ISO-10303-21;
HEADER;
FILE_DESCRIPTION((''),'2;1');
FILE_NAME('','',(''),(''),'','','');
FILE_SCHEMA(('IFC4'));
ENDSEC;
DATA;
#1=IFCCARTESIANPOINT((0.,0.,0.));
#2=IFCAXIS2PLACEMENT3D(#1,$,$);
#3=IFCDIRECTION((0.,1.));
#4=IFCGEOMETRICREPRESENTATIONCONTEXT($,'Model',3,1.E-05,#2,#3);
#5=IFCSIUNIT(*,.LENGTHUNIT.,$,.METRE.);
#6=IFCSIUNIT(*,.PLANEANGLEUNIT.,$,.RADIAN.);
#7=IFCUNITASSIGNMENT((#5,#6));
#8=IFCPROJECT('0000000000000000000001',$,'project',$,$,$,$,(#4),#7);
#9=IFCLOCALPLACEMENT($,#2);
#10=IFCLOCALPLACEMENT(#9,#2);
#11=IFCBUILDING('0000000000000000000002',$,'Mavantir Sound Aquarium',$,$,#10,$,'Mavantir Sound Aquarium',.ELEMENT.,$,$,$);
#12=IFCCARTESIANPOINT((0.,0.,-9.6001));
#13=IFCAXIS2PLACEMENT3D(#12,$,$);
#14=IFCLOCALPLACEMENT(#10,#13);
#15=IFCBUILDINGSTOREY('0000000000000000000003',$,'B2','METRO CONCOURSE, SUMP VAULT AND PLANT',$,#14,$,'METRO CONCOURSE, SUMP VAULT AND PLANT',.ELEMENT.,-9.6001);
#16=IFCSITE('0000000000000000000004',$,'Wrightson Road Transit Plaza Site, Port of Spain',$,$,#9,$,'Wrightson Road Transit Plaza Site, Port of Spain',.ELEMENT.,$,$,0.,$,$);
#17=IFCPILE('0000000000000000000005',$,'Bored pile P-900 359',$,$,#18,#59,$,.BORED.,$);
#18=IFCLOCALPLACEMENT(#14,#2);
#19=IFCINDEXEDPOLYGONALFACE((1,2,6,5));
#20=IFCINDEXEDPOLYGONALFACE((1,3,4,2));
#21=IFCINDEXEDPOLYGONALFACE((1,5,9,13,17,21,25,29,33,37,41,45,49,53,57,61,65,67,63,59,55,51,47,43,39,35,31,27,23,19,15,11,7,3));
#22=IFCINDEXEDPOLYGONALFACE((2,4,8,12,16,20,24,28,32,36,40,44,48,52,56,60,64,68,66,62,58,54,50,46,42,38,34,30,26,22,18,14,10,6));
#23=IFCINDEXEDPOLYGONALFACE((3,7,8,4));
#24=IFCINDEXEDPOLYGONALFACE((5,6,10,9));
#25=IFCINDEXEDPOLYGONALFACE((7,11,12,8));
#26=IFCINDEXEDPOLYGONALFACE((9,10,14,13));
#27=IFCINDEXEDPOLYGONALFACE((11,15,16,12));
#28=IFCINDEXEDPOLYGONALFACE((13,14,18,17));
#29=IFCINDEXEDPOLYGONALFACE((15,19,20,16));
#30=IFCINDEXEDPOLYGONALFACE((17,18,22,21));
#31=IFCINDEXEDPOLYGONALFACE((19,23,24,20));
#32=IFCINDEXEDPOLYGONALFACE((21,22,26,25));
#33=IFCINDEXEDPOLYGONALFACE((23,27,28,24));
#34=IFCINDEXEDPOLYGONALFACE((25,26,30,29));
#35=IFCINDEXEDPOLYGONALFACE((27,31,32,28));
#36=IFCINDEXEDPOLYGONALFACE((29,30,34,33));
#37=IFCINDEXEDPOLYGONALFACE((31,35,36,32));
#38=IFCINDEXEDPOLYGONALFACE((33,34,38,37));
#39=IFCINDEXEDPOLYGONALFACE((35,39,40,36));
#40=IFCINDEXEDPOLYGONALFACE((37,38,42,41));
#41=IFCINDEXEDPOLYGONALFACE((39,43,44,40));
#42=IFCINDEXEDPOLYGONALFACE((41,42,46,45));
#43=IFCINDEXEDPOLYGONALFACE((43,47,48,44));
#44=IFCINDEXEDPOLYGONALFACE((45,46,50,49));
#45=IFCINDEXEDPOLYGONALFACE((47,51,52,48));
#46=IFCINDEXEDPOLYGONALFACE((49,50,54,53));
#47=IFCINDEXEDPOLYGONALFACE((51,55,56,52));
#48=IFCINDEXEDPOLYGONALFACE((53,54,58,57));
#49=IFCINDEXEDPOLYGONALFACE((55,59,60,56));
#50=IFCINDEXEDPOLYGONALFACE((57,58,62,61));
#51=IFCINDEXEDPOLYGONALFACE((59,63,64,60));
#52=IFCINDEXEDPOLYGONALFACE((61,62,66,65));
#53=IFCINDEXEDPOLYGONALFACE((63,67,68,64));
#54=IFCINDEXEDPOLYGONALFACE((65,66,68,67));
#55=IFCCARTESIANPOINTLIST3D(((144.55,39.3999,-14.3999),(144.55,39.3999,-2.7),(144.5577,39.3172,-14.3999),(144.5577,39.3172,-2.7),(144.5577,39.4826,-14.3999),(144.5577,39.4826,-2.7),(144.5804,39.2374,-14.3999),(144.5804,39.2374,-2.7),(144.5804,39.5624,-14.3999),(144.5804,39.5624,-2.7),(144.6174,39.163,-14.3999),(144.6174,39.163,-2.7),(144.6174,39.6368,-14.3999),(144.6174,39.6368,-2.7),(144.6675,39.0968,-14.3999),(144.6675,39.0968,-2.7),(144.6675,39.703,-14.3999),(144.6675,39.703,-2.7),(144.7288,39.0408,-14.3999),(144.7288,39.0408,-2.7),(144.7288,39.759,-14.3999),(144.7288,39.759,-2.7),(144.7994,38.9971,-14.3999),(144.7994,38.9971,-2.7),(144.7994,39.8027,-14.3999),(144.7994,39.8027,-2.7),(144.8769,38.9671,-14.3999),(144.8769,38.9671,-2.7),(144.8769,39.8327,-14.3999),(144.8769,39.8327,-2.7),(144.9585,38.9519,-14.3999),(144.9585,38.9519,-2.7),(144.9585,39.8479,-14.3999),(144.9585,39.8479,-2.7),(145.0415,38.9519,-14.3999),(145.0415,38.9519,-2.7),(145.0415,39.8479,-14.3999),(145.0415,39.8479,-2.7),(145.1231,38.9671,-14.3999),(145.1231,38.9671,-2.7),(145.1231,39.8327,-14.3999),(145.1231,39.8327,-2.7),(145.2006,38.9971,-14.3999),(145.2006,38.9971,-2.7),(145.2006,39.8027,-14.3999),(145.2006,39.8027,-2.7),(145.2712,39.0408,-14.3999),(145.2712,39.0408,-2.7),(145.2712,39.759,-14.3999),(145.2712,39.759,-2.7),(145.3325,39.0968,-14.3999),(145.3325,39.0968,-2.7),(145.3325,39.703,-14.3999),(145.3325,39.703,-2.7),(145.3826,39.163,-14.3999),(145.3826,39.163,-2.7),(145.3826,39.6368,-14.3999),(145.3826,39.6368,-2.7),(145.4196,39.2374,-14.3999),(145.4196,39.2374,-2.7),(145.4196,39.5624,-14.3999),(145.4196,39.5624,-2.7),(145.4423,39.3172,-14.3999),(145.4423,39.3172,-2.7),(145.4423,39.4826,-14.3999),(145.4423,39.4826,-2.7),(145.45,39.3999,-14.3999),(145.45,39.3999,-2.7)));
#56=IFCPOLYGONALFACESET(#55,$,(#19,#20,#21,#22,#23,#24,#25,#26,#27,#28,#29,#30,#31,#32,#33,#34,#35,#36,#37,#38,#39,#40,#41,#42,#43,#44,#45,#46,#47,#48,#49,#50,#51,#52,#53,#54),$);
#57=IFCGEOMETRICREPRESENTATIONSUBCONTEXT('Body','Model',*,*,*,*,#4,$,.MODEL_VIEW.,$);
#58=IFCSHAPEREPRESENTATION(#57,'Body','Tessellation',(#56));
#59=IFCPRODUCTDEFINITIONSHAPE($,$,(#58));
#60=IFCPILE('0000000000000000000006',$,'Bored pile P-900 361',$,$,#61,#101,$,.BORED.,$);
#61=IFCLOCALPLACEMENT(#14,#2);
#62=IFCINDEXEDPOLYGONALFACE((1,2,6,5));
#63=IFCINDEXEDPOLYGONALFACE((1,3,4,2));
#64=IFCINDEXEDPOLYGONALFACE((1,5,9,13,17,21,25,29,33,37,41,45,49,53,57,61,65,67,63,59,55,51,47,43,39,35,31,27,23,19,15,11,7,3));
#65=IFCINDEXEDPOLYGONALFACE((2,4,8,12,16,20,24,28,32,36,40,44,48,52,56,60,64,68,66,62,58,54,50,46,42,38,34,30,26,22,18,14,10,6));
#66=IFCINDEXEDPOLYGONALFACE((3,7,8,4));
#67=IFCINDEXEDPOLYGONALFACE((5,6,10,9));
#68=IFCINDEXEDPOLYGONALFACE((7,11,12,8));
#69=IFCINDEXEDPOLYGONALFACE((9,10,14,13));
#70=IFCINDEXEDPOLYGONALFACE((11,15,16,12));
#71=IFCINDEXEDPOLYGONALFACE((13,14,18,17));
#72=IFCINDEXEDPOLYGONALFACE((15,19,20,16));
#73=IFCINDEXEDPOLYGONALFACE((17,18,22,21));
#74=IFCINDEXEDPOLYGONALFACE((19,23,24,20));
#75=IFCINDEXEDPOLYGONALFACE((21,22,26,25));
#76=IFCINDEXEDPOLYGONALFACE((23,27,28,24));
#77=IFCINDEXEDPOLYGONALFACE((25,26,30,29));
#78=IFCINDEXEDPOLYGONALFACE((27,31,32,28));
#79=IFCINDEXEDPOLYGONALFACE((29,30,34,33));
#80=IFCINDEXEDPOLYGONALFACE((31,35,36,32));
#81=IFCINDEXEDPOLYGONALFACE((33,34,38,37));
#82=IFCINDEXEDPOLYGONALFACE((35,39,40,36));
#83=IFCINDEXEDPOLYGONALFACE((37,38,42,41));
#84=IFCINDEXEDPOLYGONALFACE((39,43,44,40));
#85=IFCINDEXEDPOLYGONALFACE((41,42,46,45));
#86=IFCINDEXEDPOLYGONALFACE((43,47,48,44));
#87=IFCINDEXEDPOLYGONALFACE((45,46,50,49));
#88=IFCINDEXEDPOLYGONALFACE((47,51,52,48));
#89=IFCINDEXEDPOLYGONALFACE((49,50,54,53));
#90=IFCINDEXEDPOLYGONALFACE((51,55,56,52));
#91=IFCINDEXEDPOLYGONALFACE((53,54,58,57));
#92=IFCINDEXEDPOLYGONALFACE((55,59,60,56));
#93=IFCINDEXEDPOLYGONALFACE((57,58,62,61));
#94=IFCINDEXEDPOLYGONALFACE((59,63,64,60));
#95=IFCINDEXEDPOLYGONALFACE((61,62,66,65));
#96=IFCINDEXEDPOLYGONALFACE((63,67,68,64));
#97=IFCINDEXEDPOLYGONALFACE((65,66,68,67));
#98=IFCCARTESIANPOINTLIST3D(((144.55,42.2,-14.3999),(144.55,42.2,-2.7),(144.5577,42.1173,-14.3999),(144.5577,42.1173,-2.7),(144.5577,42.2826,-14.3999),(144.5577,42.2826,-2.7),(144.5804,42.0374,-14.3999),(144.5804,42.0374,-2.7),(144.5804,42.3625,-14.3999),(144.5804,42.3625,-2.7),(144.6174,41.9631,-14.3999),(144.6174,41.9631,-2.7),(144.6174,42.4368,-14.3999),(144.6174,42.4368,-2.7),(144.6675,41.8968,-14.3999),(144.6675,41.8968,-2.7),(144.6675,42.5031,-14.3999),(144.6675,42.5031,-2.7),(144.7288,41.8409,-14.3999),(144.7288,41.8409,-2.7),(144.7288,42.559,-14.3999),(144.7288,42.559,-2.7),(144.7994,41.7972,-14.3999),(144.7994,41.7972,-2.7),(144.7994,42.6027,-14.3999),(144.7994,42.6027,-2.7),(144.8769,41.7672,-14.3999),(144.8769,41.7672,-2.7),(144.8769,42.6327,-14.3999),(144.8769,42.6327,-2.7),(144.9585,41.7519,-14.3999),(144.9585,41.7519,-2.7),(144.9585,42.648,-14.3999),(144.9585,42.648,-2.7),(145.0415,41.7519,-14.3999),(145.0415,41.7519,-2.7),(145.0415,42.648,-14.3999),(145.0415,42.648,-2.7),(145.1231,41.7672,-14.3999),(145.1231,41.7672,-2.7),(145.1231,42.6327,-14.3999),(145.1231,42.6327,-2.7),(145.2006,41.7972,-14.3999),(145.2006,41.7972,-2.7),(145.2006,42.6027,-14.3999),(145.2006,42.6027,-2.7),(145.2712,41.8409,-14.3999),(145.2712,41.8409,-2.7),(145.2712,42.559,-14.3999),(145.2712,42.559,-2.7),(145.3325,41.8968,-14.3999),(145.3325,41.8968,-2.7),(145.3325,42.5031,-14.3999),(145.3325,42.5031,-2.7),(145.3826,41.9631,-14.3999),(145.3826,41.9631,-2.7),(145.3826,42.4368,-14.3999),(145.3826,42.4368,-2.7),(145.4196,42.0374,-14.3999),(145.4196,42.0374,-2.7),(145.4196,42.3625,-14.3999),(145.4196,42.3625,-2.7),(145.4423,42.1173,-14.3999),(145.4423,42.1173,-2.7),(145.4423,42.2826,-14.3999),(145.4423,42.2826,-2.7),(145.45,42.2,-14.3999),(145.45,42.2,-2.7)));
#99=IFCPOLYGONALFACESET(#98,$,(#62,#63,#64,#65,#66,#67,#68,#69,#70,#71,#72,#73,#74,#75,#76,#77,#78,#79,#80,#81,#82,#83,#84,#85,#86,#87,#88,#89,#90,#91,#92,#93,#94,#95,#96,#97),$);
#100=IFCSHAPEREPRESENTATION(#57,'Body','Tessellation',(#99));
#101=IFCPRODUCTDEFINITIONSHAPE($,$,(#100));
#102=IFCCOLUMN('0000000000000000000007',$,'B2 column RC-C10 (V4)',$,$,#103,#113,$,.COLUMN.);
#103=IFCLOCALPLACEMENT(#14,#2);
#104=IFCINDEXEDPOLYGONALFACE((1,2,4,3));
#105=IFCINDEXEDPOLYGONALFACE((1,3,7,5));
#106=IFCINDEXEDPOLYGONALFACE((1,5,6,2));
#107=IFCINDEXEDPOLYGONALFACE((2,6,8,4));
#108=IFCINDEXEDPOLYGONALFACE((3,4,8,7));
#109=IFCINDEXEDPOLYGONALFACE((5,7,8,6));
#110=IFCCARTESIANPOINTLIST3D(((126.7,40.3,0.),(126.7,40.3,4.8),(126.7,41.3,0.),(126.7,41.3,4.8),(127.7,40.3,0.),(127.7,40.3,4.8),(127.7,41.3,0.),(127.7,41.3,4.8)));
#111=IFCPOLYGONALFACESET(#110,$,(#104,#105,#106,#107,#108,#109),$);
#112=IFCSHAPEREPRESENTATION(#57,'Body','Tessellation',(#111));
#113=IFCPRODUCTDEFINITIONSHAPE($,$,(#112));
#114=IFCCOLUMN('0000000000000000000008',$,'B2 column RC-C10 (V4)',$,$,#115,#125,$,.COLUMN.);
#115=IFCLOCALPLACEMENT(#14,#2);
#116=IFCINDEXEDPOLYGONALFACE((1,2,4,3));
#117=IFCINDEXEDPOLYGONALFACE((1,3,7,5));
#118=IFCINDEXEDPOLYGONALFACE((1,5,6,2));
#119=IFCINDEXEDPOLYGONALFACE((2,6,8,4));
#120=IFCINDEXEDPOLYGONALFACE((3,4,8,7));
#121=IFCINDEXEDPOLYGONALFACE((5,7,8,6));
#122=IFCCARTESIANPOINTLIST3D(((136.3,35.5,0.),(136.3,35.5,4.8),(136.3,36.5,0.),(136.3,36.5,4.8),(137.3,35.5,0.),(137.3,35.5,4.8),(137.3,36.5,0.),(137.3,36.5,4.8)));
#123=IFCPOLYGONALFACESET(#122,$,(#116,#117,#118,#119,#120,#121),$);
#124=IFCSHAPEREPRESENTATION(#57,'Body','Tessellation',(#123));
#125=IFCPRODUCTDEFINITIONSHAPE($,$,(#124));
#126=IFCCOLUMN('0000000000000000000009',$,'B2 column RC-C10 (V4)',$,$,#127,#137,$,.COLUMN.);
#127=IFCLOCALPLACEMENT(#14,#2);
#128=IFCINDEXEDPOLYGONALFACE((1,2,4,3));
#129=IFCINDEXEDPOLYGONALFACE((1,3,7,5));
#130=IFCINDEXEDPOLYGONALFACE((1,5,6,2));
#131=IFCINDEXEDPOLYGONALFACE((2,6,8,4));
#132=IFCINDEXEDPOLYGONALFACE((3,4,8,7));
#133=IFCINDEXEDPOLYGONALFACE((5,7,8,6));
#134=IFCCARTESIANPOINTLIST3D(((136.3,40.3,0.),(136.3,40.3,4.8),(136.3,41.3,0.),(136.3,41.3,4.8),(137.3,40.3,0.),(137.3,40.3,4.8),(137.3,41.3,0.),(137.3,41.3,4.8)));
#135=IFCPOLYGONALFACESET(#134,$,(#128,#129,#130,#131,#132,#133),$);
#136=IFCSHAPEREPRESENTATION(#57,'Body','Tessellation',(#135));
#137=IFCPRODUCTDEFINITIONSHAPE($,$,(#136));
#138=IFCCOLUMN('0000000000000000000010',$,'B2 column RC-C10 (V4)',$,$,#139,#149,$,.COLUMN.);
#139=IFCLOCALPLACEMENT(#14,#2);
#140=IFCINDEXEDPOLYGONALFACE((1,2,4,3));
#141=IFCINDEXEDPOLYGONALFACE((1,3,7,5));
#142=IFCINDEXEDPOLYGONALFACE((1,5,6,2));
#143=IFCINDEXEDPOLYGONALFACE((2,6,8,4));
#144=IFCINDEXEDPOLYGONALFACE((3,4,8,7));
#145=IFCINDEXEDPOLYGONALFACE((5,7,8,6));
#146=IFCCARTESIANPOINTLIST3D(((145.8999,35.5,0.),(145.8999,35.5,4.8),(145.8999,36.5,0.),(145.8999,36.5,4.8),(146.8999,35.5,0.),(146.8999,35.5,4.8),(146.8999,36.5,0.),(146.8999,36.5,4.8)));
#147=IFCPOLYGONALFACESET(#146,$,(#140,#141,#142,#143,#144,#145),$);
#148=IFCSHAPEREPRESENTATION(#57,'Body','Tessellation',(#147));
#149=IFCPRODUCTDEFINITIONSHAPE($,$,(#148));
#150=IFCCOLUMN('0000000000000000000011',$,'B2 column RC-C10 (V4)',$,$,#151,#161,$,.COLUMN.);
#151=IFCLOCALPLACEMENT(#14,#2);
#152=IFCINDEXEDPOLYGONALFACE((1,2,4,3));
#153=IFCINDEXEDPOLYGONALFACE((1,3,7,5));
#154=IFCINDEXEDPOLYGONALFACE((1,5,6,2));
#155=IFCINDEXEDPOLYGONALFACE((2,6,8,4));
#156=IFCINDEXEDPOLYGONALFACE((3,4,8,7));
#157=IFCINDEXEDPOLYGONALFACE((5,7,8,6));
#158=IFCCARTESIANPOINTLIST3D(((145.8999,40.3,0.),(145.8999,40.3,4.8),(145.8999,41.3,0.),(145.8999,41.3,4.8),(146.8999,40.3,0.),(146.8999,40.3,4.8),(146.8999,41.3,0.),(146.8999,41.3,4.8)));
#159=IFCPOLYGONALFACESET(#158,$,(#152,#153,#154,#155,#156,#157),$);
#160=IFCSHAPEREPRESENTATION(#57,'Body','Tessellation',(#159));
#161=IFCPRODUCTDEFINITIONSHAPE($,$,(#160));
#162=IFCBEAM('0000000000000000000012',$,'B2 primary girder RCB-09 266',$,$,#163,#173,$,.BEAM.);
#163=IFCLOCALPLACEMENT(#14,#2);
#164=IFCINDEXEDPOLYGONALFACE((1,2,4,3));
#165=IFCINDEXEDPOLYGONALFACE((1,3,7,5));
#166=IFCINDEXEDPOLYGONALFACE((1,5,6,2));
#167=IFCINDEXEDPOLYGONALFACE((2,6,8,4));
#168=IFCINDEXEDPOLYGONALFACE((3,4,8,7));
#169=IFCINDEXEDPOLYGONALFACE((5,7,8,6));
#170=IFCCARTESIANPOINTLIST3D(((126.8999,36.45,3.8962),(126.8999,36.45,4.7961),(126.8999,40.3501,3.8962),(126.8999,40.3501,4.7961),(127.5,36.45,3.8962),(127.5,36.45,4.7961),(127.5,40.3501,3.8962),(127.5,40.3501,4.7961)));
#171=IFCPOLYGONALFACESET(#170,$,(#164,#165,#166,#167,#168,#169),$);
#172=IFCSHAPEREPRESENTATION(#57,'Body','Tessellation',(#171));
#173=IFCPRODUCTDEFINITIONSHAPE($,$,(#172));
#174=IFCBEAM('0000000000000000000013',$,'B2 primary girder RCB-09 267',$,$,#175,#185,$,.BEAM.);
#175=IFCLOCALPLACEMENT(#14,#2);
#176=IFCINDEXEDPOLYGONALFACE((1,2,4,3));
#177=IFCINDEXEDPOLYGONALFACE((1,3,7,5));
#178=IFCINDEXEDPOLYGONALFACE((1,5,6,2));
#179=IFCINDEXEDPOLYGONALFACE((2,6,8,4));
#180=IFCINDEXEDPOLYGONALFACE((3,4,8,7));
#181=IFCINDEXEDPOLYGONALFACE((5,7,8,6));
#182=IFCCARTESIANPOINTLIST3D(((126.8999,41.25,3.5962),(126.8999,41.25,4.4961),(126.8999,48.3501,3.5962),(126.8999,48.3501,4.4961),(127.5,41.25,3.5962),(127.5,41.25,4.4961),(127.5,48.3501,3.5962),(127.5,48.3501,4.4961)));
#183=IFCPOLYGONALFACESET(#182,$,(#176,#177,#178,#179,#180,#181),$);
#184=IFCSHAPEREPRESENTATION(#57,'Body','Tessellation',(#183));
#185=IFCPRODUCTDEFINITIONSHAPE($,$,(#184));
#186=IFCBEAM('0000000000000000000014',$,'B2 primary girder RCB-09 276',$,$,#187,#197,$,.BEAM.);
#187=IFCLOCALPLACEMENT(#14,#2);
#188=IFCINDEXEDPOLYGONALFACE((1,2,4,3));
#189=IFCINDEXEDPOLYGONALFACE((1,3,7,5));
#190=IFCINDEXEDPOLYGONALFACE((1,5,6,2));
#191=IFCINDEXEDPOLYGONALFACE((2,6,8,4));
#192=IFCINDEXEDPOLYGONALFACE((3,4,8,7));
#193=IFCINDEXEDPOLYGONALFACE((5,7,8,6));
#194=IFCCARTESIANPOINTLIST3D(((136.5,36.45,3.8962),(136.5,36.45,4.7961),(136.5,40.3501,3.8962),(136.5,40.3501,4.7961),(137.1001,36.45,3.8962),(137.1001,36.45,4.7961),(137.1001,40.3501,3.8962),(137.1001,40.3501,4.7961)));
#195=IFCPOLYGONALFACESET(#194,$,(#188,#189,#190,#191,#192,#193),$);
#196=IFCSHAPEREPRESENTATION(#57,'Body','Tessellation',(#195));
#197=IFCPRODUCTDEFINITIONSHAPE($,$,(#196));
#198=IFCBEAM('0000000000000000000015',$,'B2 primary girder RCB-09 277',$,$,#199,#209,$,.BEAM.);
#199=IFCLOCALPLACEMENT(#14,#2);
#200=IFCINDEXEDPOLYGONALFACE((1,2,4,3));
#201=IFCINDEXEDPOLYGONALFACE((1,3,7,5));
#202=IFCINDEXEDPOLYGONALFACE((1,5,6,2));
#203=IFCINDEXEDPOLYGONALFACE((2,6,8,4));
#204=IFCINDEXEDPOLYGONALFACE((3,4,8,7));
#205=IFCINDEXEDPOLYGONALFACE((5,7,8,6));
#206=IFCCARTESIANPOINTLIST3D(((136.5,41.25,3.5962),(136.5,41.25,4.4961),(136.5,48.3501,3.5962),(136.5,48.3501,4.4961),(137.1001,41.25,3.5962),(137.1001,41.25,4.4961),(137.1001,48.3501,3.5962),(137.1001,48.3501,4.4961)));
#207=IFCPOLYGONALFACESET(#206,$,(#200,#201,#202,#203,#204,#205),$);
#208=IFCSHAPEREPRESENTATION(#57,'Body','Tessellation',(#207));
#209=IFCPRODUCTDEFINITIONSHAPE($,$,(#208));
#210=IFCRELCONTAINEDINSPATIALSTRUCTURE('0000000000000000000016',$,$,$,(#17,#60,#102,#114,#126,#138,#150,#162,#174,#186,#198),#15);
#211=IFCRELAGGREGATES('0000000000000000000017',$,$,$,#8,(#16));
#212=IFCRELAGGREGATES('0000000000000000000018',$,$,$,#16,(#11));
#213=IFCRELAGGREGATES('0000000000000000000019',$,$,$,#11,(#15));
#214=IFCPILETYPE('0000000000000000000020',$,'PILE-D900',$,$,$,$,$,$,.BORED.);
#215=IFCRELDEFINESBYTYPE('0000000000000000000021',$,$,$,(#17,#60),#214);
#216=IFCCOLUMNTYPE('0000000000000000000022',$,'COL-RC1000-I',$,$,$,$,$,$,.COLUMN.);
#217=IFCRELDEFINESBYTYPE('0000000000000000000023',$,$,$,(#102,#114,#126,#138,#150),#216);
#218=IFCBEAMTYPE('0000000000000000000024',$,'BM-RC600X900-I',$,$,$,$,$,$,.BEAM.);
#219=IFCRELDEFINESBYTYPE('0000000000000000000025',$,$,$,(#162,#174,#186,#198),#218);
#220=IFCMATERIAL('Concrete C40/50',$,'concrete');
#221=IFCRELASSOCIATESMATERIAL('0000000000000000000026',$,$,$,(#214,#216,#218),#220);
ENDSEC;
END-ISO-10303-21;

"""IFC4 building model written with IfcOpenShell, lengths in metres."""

from ifc_helpers import new_model, si_unit, direction, frame, origin, origin_2d, place, context, subcontext, project, spatial, rectangle, circle, extrude, material, material_profile, profile_set, type_object, element, save


model = new_model("IFC4")

# Units and contexts
model_context = context("Model", 3, precision=1e-05, world=origin(), true_north=direction((0.0, 1.0)))
body_context = subcontext(model_context, "Body", "Model", "MODEL_VIEW")
ifc_project = project(units=[si_unit("LENGTHUNIT", "METRE"), si_unit("PLANEANGLEUNIT", "RADIAN")], contexts=[model_context])

# Site, building, storey
site_placement = place(None, origin())
site = spatial("IfcSite", under=ifc_project, at=site_placement, Name="Wrightson Road Transit Plaza Site, Port of Spain", LongName="Wrightson Road Transit Plaza Site, Port of Spain", CompositionType="ELEMENT", RefElevation=0.0)
building_placement = place(site_placement, origin())
building = spatial("IfcBuilding", under=site, at=building_placement, Name="Mavantir Sound Aquarium", LongName="Mavantir Sound Aquarium", CompositionType="ELEMENT")
storey_placement = place(building_placement, frame((0.0, 0.0, -9.6001)))
storey = spatial("IfcBuildingStorey", under=building, at=storey_placement, Name="B2", Description="METRO CONCOURSE, SUMP VAULT AND PLANT", LongName="METRO CONCOURSE, SUMP VAULT AND PLANT", CompositionType="ELEMENT", Elevation=-9.6001)

# Shared definitions
ifc_material_1 = material(Name="Concrete C40/50", Category="concrete")

# Piles
ifc_material_profile_1 = material_profile(ifc_material_1, circle(Radius=0.45, at=origin_2d()), Name="PILE D900")
ifc_profile_set_1 = profile_set([ifc_material_profile_1], Name="Concrete C40/50")
pile_type = type_object("IfcPileType", Name="PILE-D900", PredefinedType="BORED", material=ifc_profile_set_1)
for number, where, z_axis, x_axis, name in (
    (1, (145.0, 39.3999, -2.7), (0.0, 0.0, -1.0), (1.0, 0.0, 0.0), "Bored pile P-900 359"),
    (2, (145.0, 42.2, -2.7), (0.0, 0.0, -1.0), (1.0, 0.0, 0.0), "Bored pile P-900 361"),
):
    element("IfcPile", number, at=place(storey_placement, frame(where, z_axis=z_axis, x_axis=x_axis)), inside=storey, type_object=pile_type, Name=name, PredefinedType="BORED", context=body_context, shape_type="SweptSolid", body=[
        extrude(circle(Radius=0.45, at=origin_2d()), origin(), (0.0, 0.0, 1.0), 11.7),
    ])

# Columns
ifc_material_profile_2 = material_profile(ifc_material_1, rectangle(XDim=1.0, YDim=1.0, at=origin_2d()), Name="RC 1000X1000")
ifc_profile_set_2 = profile_set([ifc_material_profile_2], Name="Concrete C40/50")
column_type = type_object("IfcColumnType", Name="COL-RC1000-I", PredefinedType="COLUMN", material=ifc_profile_set_2)
for number, where, z_axis, x_axis, name in (
    (3, (127.2, 40.8, 0.0), (0.0, 0.0, 1.0), (1.0, 0.0, 0.0), "B2 column RC-C10 (V4)"),
    (4, (136.8, 36.0, 0.0), (0.0, 0.0, 1.0), (1.0, 0.0, 0.0), "B2 column RC-C10 (V4)"),
    (5, (136.8, 40.8, 0.0), (0.0, 0.0, 1.0), (1.0, 0.0, 0.0), "B2 column RC-C10 (V4)"),
    (6, (146.3999, 36.0, 0.0), (0.0, 0.0, 1.0), (1.0, 0.0, 0.0), "B2 column RC-C10 (V4)"),
    (7, (146.3999, 40.8, 0.0), (0.0, 0.0, 1.0), (1.0, 0.0, 0.0), "B2 column RC-C10 (V4)"),
):
    element("IfcColumn", number, at=place(storey_placement, frame(where, z_axis=z_axis, x_axis=x_axis)), inside=storey, type_object=column_type, Name=name, PredefinedType="COLUMN", context=body_context, shape_type="SweptSolid", body=[
        extrude(rectangle(XDim=1.0, YDim=1.0, at=origin_2d()), origin(), (0.0, 0.0, 1.0), 4.8),
    ])

# Beams
ifc_material_profile_3 = material_profile(ifc_material_1, rectangle(XDim=0.6001, YDim=0.8999, at=origin_2d()), Name="RC 600X900")
ifc_profile_set_3 = profile_set([ifc_material_profile_3], Name="Concrete C40/50")
beam_type_1 = type_object("IfcBeamType", Name="BM-RC600X900-I", PredefinedType="BEAM", material=ifc_profile_set_3)
beam_1_placement = place(storey_placement, frame((127.2, 36.45, 4.3462), z_axis=(0.0, 1.0, 0.0), x_axis=(-1.0, 0.0, 0.0)))
element("IfcBeam", 8, at=beam_1_placement, inside=storey, type_object=beam_type_1, Name="B2 primary girder RCB-09 266", PredefinedType="BEAM", context=body_context, shape_type="SweptSolid", body=[
    extrude(rectangle(XDim=0.6001, YDim=0.8999, at=origin_2d()), origin(), (0.0, 0.0, 1.0), 3.9001),
])
beam_2_placement = place(storey_placement, frame((127.2, 41.25, 4.0461), z_axis=(0.0, 1.0, 0.0), x_axis=(-1.0, 0.0, 0.0)))
element("IfcBeam", 9, at=beam_2_placement, inside=storey, type_object=beam_type_1, Name="B2 primary girder RCB-09 267", PredefinedType="BEAM", context=body_context, shape_type="SweptSolid", body=[
    extrude(rectangle(XDim=0.6001, YDim=0.8999, at=origin_2d()), origin(), (0.0, 0.0, 1.0), 7.1001),
])
beam_3_placement = place(storey_placement, frame((136.8, 36.45, 4.3462), z_axis=(0.0, 1.0, 0.0), x_axis=(-1.0, 0.0, 0.0)))
element("IfcBeam", 10, at=beam_3_placement, inside=storey, type_object=beam_type_1, Name="B2 primary girder RCB-09 276", PredefinedType="BEAM", context=body_context, shape_type="SweptSolid", body=[
    extrude(rectangle(XDim=0.6001, YDim=0.8999, at=origin_2d()), origin(), (0.0, 0.0, 1.0), 3.9001),
])
beam_4_placement = place(storey_placement, frame((136.8, 41.25, 4.0461), z_axis=(0.0, 1.0, 0.0), x_axis=(-1.0, 0.0, 0.0)))
element("IfcBeam", 11, at=beam_4_placement, inside=storey, type_object=beam_type_1, Name="B2 primary girder RCB-09 277", PredefinedType="BEAM", context=body_context, shape_type="SweptSolid", body=[
    extrude(rectangle(XDim=0.6001, YDim=0.8999, at=origin_2d()), origin(), (0.0, 0.0, 1.0), 7.1001),
])

save(model, "model.ifc")
